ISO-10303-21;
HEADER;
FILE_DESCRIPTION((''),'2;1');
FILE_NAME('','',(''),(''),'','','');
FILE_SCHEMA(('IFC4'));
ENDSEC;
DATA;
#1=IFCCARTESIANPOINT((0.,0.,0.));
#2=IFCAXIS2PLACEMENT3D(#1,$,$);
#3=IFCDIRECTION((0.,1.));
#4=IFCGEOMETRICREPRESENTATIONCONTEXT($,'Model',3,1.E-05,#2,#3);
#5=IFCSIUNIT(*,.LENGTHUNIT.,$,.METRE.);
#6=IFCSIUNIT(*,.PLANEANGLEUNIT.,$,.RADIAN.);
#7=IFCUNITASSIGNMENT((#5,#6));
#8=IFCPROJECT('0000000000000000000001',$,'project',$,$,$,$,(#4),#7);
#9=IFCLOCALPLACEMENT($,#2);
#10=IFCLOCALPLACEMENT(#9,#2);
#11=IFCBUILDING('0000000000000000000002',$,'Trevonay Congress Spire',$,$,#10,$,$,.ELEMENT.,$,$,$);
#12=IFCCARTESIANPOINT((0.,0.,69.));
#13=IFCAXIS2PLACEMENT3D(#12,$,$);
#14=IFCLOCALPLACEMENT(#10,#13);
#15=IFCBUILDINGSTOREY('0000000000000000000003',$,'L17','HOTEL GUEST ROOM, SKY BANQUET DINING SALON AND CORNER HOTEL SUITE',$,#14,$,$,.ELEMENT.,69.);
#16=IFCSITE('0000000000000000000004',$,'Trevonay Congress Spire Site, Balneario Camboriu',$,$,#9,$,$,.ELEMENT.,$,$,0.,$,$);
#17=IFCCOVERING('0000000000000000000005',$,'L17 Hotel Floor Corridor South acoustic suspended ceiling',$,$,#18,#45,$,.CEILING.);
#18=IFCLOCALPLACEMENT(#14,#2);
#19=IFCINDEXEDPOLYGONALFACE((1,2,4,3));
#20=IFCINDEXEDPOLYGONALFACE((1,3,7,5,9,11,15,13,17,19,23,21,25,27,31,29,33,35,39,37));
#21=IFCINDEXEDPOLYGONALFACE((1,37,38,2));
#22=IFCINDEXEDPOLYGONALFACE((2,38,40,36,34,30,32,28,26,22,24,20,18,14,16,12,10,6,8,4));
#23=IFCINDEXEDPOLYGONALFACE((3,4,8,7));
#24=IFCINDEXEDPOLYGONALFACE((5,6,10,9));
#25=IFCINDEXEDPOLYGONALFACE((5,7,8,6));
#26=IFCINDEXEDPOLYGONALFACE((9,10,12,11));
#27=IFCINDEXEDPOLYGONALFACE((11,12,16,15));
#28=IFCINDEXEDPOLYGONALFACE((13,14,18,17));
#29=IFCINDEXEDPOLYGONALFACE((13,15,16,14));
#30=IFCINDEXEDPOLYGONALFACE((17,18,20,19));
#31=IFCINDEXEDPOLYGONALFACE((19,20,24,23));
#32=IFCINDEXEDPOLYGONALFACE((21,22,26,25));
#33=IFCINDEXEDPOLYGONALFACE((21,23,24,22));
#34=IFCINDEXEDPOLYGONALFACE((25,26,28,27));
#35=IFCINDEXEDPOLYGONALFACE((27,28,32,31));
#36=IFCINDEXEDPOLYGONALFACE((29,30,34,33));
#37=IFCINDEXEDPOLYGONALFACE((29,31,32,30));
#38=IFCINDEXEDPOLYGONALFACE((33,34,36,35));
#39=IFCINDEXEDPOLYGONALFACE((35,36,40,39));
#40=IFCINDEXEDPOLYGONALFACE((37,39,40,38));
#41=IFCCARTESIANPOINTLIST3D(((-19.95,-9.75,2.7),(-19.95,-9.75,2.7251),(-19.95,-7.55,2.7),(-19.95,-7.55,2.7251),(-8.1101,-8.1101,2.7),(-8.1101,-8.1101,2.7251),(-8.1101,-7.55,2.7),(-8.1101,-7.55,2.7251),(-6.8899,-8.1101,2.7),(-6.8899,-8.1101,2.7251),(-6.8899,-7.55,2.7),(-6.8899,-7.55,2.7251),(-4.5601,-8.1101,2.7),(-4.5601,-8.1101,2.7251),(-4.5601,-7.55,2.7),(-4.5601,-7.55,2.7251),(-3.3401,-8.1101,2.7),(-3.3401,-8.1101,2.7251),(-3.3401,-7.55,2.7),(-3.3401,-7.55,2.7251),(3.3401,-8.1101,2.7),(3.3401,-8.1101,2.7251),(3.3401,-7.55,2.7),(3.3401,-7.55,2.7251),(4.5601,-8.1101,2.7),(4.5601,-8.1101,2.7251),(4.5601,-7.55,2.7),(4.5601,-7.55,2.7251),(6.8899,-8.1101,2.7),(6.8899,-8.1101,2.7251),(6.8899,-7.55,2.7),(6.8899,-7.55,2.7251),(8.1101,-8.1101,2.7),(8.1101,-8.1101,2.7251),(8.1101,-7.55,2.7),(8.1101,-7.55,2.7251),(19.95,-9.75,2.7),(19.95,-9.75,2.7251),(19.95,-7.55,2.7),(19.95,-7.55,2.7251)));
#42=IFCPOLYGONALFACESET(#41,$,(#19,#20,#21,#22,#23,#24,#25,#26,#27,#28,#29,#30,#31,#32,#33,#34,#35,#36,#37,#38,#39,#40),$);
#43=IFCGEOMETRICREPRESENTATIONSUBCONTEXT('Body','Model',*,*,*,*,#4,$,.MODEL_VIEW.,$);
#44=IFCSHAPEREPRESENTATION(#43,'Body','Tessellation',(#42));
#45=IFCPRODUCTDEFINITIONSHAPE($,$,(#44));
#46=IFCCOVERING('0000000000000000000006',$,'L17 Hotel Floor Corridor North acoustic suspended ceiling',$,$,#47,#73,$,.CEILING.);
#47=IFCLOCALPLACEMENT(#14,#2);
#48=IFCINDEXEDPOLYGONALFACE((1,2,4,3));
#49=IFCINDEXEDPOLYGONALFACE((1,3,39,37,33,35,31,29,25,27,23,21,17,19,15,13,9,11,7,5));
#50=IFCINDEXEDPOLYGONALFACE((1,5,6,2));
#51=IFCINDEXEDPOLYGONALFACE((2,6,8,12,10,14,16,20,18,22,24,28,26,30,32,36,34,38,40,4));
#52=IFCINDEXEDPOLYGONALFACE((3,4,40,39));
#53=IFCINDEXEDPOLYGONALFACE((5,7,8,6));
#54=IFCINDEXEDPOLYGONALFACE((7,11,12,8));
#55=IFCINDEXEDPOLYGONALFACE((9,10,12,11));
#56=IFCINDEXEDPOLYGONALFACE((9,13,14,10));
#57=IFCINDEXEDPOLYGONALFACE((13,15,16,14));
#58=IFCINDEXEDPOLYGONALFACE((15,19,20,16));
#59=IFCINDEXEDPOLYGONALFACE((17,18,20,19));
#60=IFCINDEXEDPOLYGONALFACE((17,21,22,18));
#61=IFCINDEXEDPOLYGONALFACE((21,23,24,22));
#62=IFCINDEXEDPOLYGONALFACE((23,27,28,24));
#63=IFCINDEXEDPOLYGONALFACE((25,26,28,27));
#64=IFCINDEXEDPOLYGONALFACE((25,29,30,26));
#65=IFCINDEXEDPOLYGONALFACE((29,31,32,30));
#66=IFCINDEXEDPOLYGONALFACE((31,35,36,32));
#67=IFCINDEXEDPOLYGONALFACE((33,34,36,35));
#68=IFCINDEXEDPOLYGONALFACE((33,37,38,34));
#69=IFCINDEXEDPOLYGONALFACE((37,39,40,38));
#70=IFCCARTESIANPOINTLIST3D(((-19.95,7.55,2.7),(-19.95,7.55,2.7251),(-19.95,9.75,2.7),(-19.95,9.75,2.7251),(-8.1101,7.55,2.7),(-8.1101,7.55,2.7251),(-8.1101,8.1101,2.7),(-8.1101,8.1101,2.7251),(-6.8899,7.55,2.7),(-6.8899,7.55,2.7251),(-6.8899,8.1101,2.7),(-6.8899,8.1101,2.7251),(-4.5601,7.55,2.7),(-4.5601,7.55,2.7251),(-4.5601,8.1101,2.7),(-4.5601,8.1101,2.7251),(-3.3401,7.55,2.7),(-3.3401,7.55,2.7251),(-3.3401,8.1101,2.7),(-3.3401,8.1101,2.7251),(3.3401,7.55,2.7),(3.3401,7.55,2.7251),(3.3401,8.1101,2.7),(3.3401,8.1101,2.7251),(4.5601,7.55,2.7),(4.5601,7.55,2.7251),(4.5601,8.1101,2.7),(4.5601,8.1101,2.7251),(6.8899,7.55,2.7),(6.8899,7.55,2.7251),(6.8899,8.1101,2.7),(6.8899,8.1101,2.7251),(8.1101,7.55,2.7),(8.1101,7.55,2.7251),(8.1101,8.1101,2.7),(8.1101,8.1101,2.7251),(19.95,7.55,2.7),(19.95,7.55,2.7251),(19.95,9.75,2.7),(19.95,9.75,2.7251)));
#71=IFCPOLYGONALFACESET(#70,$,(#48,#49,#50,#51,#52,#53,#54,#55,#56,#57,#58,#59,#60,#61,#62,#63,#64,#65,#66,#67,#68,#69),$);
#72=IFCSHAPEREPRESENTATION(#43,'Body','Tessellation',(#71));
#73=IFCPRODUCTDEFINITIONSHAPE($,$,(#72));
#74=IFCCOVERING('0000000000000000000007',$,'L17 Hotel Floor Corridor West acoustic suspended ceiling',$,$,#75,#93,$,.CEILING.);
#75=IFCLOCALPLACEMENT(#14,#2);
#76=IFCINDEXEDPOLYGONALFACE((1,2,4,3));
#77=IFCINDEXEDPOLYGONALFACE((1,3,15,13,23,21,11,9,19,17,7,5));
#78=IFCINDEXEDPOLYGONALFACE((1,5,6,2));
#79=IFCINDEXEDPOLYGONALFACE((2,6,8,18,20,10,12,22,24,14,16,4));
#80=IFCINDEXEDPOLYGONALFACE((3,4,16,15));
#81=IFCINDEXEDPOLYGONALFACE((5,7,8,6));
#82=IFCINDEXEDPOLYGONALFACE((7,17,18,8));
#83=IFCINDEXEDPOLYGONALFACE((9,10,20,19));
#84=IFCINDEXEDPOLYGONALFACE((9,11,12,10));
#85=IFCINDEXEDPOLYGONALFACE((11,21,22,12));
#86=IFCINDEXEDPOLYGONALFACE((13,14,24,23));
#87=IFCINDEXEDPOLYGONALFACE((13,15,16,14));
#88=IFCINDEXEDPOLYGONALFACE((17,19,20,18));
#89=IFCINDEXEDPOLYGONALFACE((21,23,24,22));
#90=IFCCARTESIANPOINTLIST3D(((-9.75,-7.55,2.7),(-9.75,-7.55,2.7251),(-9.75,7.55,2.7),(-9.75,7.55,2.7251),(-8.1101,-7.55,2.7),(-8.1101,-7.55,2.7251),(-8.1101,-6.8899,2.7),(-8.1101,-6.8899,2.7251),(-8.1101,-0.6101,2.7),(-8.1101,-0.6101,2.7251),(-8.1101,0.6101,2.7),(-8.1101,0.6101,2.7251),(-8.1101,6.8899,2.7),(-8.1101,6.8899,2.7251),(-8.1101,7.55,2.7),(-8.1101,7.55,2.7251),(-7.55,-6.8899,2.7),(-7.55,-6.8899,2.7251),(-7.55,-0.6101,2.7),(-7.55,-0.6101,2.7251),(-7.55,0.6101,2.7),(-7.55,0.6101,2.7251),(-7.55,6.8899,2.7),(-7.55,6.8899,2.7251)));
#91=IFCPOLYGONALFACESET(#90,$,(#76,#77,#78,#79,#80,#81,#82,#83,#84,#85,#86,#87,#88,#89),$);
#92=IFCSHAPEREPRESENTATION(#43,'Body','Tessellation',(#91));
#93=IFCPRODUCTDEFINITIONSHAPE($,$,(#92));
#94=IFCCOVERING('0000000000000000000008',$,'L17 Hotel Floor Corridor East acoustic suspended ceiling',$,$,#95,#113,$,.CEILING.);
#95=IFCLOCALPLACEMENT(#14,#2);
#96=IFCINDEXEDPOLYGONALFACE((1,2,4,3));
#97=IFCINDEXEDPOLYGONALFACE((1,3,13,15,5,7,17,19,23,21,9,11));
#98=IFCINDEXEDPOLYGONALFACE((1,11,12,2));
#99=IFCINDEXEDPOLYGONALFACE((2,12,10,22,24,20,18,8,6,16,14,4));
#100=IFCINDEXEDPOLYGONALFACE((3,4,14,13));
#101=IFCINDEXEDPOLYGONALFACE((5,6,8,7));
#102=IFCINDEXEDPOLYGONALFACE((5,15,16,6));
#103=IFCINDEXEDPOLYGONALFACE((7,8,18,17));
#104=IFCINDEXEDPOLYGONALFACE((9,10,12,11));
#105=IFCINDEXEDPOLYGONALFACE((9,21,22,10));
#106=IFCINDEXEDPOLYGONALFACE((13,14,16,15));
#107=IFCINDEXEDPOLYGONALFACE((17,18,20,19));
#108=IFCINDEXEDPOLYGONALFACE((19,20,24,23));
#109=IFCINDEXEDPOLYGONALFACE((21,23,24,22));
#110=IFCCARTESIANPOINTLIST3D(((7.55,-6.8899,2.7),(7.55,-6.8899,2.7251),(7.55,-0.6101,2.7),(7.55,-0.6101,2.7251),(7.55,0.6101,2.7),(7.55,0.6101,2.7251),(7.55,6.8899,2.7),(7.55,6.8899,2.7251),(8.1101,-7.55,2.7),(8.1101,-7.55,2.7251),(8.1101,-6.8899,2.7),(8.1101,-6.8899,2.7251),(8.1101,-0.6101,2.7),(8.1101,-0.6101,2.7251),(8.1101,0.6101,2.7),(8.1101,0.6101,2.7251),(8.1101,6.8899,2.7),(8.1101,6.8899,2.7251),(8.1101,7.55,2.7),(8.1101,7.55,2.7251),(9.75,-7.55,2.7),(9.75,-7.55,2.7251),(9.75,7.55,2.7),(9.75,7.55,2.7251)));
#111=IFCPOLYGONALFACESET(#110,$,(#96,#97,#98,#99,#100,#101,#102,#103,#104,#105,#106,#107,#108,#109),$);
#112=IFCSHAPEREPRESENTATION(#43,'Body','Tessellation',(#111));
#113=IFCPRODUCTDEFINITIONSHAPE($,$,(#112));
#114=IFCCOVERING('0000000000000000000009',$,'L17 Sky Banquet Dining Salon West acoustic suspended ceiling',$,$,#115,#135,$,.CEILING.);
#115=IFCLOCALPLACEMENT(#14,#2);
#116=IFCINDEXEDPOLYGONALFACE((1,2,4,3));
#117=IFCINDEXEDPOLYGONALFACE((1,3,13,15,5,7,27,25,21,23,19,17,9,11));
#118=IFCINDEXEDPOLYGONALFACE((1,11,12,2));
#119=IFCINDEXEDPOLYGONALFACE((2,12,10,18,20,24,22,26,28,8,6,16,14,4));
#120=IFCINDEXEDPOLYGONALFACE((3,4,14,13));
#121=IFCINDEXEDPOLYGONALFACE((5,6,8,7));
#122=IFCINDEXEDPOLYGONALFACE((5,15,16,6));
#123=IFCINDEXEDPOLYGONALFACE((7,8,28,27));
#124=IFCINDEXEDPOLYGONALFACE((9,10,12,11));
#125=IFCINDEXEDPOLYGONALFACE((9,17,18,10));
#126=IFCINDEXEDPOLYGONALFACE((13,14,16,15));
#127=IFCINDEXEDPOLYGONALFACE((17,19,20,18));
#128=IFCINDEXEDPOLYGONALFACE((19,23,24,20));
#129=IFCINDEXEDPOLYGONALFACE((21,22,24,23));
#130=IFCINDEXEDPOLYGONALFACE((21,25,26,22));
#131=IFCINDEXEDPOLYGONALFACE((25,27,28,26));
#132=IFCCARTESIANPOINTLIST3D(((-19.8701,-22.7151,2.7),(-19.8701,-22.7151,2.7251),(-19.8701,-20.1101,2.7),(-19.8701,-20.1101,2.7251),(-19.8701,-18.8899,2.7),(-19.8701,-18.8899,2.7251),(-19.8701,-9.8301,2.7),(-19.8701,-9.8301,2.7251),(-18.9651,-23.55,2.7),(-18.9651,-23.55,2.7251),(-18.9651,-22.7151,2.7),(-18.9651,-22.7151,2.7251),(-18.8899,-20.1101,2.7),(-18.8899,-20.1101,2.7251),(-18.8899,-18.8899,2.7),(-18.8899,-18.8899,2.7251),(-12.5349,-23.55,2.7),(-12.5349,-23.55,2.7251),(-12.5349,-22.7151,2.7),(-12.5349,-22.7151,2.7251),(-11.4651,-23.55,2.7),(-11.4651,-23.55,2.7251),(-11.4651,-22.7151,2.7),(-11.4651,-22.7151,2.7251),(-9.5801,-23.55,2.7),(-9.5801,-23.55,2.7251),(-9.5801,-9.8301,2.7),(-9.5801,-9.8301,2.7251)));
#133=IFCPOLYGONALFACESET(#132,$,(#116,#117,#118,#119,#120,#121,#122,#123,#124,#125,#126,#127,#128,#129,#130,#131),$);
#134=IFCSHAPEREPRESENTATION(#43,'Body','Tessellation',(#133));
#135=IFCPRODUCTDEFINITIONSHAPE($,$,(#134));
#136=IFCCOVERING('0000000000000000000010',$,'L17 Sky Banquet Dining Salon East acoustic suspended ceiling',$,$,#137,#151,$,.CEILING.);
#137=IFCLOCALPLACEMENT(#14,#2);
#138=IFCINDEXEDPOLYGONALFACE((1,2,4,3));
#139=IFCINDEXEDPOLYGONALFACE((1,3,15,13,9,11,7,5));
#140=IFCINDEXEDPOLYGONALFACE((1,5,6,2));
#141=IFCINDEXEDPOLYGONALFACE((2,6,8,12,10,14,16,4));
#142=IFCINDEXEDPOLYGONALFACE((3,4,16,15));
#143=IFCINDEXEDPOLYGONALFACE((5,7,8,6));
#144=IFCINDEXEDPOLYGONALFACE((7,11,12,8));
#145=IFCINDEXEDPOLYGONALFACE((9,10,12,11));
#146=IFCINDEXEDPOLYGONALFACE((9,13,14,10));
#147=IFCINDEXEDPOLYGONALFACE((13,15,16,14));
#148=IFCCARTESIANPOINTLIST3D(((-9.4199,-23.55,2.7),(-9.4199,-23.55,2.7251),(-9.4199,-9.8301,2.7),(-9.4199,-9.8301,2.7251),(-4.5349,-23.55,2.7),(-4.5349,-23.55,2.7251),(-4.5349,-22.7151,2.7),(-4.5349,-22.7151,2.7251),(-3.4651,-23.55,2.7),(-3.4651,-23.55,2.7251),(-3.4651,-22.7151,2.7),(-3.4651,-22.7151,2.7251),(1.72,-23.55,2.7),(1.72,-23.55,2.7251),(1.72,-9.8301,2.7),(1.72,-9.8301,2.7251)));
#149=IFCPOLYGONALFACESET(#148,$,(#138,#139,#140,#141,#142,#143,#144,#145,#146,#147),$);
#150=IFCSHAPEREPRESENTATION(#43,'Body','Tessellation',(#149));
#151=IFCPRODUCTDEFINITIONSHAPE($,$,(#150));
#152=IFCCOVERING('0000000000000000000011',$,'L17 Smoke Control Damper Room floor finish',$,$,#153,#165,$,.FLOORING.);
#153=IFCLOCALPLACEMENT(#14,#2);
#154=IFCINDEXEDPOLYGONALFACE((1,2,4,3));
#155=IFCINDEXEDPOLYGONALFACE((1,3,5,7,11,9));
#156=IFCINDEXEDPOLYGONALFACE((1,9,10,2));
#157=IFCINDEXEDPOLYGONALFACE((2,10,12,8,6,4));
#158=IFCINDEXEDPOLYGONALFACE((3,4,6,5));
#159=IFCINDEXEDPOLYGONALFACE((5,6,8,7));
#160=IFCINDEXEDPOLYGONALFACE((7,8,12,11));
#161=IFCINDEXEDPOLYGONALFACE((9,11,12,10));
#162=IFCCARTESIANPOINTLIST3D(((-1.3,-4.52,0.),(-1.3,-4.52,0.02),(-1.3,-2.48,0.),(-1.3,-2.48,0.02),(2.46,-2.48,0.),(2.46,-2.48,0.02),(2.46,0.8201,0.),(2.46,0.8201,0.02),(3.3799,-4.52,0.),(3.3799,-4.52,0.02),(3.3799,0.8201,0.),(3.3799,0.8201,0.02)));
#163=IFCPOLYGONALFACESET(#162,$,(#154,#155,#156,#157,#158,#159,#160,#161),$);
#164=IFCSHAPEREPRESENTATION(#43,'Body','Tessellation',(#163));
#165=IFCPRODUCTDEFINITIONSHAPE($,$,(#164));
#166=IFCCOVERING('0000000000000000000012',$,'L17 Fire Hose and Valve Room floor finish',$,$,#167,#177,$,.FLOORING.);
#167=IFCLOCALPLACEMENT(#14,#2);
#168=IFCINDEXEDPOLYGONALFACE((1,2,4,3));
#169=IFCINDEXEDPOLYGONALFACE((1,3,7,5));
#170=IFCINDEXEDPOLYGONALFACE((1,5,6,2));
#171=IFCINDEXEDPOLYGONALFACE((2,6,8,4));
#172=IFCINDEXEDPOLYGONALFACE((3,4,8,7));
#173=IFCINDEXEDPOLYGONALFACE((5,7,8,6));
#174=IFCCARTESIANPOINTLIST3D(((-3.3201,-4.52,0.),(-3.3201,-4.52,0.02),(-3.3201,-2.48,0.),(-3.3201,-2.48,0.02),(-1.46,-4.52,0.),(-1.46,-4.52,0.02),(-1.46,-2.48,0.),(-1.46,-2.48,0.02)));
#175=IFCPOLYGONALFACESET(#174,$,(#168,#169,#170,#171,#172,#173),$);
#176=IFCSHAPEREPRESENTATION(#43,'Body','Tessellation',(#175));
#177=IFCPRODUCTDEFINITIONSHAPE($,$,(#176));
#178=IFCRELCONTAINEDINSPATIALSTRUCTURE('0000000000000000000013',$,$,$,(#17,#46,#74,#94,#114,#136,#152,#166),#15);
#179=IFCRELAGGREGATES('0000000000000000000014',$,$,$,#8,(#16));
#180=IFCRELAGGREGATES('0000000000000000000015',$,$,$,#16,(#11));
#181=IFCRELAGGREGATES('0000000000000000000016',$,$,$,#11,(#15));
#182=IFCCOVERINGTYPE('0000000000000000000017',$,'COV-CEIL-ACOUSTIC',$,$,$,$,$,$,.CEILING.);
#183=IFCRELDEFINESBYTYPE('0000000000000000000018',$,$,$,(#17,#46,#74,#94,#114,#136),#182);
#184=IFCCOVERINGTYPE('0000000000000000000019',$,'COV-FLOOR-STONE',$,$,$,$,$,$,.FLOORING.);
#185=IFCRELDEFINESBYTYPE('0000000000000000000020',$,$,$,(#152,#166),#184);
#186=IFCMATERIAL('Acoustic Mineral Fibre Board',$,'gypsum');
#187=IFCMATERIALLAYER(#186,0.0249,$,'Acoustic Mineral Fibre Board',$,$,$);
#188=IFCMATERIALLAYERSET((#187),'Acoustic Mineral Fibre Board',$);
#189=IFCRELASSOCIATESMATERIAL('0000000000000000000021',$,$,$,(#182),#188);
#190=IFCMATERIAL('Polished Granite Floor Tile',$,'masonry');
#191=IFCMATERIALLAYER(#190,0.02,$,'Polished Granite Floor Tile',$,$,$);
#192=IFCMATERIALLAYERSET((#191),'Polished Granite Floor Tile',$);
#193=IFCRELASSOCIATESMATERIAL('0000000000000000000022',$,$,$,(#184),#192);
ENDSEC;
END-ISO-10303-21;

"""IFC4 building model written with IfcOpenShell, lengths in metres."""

from ifc_helpers import new_model, si_unit, direction, frame, origin, place, context, subcontext, project, spatial, polyline, outline, extrude, material, layer, layer_set, type_object, element, save


model = new_model("IFC4")

# Units and contexts
model_context = context("Model", 3, precision=1e-05, world=origin(), true_north=direction((0.0, 1.0)))
body_context = subcontext(model_context, "Body", "Model", "MODEL_VIEW")
ifc_project = project(units=[si_unit("LENGTHUNIT", "METRE"), si_unit("PLANEANGLEUNIT", "RADIAN")], contexts=[model_context])

# Site, building, storey
site_placement = place(None, origin())
site = spatial("IfcSite", under=ifc_project, at=site_placement, Name="Trevonay Congress Spire Site, Balneario Camboriu", CompositionType="ELEMENT", RefElevation=0.0)
building_placement = place(site_placement, origin())
building = spatial("IfcBuilding", under=site, at=building_placement, Name="Trevonay Congress Spire", CompositionType="ELEMENT")
storey_placement = place(building_placement, frame((0.0, 0.0, 69.0)))
storey = spatial("IfcBuildingStorey", under=building, at=storey_placement, Name="L17", Description="HOTEL GUEST ROOM, SKY BANQUET DINING SALON AND CORNER HOTEL SUITE", CompositionType="ELEMENT", Elevation=69.0)

# Coverings
ifc_material_1 = material(Name="Acoustic Mineral Fibre Board", Category="gypsum")
ifc_layer_1 = layer(ifc_material_1, 0.0249, Name="Acoustic Mineral Fibre Board")
ifc_layer_set_1 = layer_set([ifc_layer_1], Name="Acoustic Mineral Fibre Board")
covering_type_1 = type_object("IfcCoveringType", Name="COV-CEIL-ACOUSTIC", PredefinedType="CEILING", material=ifc_layer_set_1)
covering_1_placement = place(storey_placement, frame((0.0, 0.0, 2.7)))
element("IfcCovering", 1, at=covering_1_placement, inside=storey, type_object=covering_type_1, Name="L17 Hotel Floor Corridor South acoustic suspended ceiling", PredefinedType="CEILING", context=body_context, shape_type="SweptSolid", body=[
    extrude(outline(polyline([(19.95, -7.55), (19.95, -9.75), (-19.95, -9.75), (-19.95, -7.55), (-8.1101, -7.55), (-8.1101, -8.1101), (-6.8899, -8.1101), (-6.8899, -7.55), (-4.5601, -7.55), (-4.5601, -8.1101), (-3.3401, -8.1101), (-3.3401, -7.55), (3.3401, -7.55), (3.3401, -8.1101), (4.5601, -8.1101), (4.5601, -7.55), (6.8899, -7.55), (6.8899, -8.1101), (8.1101, -8.1101), (8.1101, -7.55), (19.95, -7.55)])), origin(), (0.0, 0.0, 1.0), 0.0251),
])
covering_2_placement = place(storey_placement, frame((0.0, 0.0, 2.7)))
element("IfcCovering", 2, at=covering_2_placement, inside=storey, type_object=covering_type_1, Name="L17 Hotel Floor Corridor North acoustic suspended ceiling", PredefinedType="CEILING", context=body_context, shape_type="SweptSolid", body=[
    extrude(outline(polyline([(-19.95, 7.55), (-19.95, 9.75), (19.95, 9.75), (19.95, 7.55), (8.1101, 7.55), (8.1101, 8.1101), (6.8899, 8.1101), (6.8899, 7.55), (4.5601, 7.55), (4.5601, 8.1101), (3.3401, 8.1101), (3.3401, 7.55), (-3.3401, 7.55), (-3.3401, 8.1101), (-4.5601, 8.1101), (-4.5601, 7.55), (-6.8899, 7.55), (-6.8899, 8.1101), (-8.1101, 8.1101), (-8.1101, 7.55), (-19.95, 7.55)])), origin(), (0.0, 0.0, 1.0), 0.0251),
])
covering_3_placement = place(storey_placement, frame((0.0, 0.0, 2.7)))
element("IfcCovering", 3, at=covering_3_placement, inside=storey, type_object=covering_type_1, Name="L17 Hotel Floor Corridor West acoustic suspended ceiling", PredefinedType="CEILING", context=body_context, shape_type="SweptSolid", body=[
    extrude(outline(polyline([(-9.75, 7.55), (-8.1101, 7.55), (-8.1101, 6.8899), (-7.55, 6.8899), (-7.55, 0.6101), (-8.1101, 0.6101), (-8.1101, -0.6101), (-7.55, -0.6101), (-7.55, -6.8899), (-8.1101, -6.8899), (-8.1101, -7.55), (-9.75, -7.55), (-9.75, 7.55)])), origin(), (0.0, 0.0, 1.0), 0.0251),
])
covering_4_placement = place(storey_placement, frame((0.0, 0.0, 2.7)))
element("IfcCovering", 4, at=covering_4_placement, inside=storey, type_object=covering_type_1, Name="L17 Hotel Floor Corridor East acoustic suspended ceiling", PredefinedType="CEILING", context=body_context, shape_type="SweptSolid", body=[
    extrude(outline(polyline([(9.75, -7.55), (8.1101, -7.55), (8.1101, -6.8899), (7.55, -6.8899), (7.55, -0.6101), (8.1101, -0.6101), (8.1101, 0.6101), (7.55, 0.6101), (7.55, 6.8899), (8.1101, 6.8899), (8.1101, 7.55), (9.75, 7.55), (9.75, -7.55)])), origin(), (0.0, 0.0, 1.0), 0.0251),
])
covering_5_placement = place(storey_placement, frame((0.0, 0.0, 2.7)))
element("IfcCovering", 5, at=covering_5_placement, inside=storey, type_object=covering_type_1, Name="L17 Sky Banquet Dining Salon West acoustic suspended ceiling", PredefinedType="CEILING", context=body_context, shape_type="SweptSolid", body=[
    extrude(outline(polyline([(-18.9651, -23.55), (-18.9651, -22.7151), (-19.8701, -22.7151), (-19.8701, -20.1101), (-18.8899, -20.1101), (-18.8899, -18.8899), (-19.8701, -18.8899), (-19.8701, -9.8301), (-9.5801, -9.8301), (-9.5801, -23.55), (-11.4651, -23.55), (-11.4651, -22.7151), (-12.5349, -22.7151), (-12.5349, -23.55), (-18.9651, -23.55)])), origin(), (0.0, 0.0, 1.0), 0.0251),
])
covering_6_placement = place(storey_placement, frame((0.0, 0.0, 2.7)))
element("IfcCovering", 6, at=covering_6_placement, inside=storey, type_object=covering_type_1, Name="L17 Sky Banquet Dining Salon East acoustic suspended ceiling", PredefinedType="CEILING", context=body_context, shape_type="SweptSolid", body=[
    extrude(outline(polyline([(-9.4199, -23.55), (-9.4199, -9.8301), (1.72, -9.8301), (1.72, -23.55), (-3.4651, -23.55), (-3.4651, -22.7151), (-4.5349, -22.7151), (-4.5349, -23.55), (-9.4199, -23.55)])), origin(), (0.0, 0.0, 1.0), 0.0251),
])
ifc_material_2 = material(Name="Polished Granite Floor Tile", Category="masonry")
ifc_layer_2 = layer(ifc_material_2, 0.02, Name="Polished Granite Floor Tile")
ifc_layer_set_2 = layer_set([ifc_layer_2], Name="Polished Granite Floor Tile")
covering_type_2 = type_object("IfcCoveringType", Name="COV-FLOOR-STONE", PredefinedType="FLOORING", material=ifc_layer_set_2)
covering_7_placement = place(storey_placement, origin())
element("IfcCovering", 7, at=covering_7_placement, inside=storey, type_object=covering_type_2, Name="L17 Smoke Control Damper Room floor finish", PredefinedType="FLOORING", context=body_context, shape_type="SweptSolid", body=[
    extrude(outline(polyline([(-1.3, -4.52), (3.3799, -4.52), (3.3799, 0.8201), (2.46, 0.8201), (2.46, -2.48), (-1.3, -2.48), (-1.3, -4.52)])), origin(), (0.0, 0.0, 1.0), 0.02),
])
covering_8_placement = place(storey_placement, origin())
element("IfcCovering", 8, at=covering_8_placement, inside=storey, type_object=covering_type_2, Name="L17 Fire Hose and Valve Room floor finish", PredefinedType="FLOORING", context=body_context, shape_type="SweptSolid", body=[
    extrude(outline(polyline([(-3.3201, -4.52), (-1.46, -4.52), (-1.46, -2.48), (-3.3201, -2.48), (-3.3201, -4.52)])), origin(), (0.0, 0.0, 1.0), 0.02),
])

save(model, "model.ifc")
